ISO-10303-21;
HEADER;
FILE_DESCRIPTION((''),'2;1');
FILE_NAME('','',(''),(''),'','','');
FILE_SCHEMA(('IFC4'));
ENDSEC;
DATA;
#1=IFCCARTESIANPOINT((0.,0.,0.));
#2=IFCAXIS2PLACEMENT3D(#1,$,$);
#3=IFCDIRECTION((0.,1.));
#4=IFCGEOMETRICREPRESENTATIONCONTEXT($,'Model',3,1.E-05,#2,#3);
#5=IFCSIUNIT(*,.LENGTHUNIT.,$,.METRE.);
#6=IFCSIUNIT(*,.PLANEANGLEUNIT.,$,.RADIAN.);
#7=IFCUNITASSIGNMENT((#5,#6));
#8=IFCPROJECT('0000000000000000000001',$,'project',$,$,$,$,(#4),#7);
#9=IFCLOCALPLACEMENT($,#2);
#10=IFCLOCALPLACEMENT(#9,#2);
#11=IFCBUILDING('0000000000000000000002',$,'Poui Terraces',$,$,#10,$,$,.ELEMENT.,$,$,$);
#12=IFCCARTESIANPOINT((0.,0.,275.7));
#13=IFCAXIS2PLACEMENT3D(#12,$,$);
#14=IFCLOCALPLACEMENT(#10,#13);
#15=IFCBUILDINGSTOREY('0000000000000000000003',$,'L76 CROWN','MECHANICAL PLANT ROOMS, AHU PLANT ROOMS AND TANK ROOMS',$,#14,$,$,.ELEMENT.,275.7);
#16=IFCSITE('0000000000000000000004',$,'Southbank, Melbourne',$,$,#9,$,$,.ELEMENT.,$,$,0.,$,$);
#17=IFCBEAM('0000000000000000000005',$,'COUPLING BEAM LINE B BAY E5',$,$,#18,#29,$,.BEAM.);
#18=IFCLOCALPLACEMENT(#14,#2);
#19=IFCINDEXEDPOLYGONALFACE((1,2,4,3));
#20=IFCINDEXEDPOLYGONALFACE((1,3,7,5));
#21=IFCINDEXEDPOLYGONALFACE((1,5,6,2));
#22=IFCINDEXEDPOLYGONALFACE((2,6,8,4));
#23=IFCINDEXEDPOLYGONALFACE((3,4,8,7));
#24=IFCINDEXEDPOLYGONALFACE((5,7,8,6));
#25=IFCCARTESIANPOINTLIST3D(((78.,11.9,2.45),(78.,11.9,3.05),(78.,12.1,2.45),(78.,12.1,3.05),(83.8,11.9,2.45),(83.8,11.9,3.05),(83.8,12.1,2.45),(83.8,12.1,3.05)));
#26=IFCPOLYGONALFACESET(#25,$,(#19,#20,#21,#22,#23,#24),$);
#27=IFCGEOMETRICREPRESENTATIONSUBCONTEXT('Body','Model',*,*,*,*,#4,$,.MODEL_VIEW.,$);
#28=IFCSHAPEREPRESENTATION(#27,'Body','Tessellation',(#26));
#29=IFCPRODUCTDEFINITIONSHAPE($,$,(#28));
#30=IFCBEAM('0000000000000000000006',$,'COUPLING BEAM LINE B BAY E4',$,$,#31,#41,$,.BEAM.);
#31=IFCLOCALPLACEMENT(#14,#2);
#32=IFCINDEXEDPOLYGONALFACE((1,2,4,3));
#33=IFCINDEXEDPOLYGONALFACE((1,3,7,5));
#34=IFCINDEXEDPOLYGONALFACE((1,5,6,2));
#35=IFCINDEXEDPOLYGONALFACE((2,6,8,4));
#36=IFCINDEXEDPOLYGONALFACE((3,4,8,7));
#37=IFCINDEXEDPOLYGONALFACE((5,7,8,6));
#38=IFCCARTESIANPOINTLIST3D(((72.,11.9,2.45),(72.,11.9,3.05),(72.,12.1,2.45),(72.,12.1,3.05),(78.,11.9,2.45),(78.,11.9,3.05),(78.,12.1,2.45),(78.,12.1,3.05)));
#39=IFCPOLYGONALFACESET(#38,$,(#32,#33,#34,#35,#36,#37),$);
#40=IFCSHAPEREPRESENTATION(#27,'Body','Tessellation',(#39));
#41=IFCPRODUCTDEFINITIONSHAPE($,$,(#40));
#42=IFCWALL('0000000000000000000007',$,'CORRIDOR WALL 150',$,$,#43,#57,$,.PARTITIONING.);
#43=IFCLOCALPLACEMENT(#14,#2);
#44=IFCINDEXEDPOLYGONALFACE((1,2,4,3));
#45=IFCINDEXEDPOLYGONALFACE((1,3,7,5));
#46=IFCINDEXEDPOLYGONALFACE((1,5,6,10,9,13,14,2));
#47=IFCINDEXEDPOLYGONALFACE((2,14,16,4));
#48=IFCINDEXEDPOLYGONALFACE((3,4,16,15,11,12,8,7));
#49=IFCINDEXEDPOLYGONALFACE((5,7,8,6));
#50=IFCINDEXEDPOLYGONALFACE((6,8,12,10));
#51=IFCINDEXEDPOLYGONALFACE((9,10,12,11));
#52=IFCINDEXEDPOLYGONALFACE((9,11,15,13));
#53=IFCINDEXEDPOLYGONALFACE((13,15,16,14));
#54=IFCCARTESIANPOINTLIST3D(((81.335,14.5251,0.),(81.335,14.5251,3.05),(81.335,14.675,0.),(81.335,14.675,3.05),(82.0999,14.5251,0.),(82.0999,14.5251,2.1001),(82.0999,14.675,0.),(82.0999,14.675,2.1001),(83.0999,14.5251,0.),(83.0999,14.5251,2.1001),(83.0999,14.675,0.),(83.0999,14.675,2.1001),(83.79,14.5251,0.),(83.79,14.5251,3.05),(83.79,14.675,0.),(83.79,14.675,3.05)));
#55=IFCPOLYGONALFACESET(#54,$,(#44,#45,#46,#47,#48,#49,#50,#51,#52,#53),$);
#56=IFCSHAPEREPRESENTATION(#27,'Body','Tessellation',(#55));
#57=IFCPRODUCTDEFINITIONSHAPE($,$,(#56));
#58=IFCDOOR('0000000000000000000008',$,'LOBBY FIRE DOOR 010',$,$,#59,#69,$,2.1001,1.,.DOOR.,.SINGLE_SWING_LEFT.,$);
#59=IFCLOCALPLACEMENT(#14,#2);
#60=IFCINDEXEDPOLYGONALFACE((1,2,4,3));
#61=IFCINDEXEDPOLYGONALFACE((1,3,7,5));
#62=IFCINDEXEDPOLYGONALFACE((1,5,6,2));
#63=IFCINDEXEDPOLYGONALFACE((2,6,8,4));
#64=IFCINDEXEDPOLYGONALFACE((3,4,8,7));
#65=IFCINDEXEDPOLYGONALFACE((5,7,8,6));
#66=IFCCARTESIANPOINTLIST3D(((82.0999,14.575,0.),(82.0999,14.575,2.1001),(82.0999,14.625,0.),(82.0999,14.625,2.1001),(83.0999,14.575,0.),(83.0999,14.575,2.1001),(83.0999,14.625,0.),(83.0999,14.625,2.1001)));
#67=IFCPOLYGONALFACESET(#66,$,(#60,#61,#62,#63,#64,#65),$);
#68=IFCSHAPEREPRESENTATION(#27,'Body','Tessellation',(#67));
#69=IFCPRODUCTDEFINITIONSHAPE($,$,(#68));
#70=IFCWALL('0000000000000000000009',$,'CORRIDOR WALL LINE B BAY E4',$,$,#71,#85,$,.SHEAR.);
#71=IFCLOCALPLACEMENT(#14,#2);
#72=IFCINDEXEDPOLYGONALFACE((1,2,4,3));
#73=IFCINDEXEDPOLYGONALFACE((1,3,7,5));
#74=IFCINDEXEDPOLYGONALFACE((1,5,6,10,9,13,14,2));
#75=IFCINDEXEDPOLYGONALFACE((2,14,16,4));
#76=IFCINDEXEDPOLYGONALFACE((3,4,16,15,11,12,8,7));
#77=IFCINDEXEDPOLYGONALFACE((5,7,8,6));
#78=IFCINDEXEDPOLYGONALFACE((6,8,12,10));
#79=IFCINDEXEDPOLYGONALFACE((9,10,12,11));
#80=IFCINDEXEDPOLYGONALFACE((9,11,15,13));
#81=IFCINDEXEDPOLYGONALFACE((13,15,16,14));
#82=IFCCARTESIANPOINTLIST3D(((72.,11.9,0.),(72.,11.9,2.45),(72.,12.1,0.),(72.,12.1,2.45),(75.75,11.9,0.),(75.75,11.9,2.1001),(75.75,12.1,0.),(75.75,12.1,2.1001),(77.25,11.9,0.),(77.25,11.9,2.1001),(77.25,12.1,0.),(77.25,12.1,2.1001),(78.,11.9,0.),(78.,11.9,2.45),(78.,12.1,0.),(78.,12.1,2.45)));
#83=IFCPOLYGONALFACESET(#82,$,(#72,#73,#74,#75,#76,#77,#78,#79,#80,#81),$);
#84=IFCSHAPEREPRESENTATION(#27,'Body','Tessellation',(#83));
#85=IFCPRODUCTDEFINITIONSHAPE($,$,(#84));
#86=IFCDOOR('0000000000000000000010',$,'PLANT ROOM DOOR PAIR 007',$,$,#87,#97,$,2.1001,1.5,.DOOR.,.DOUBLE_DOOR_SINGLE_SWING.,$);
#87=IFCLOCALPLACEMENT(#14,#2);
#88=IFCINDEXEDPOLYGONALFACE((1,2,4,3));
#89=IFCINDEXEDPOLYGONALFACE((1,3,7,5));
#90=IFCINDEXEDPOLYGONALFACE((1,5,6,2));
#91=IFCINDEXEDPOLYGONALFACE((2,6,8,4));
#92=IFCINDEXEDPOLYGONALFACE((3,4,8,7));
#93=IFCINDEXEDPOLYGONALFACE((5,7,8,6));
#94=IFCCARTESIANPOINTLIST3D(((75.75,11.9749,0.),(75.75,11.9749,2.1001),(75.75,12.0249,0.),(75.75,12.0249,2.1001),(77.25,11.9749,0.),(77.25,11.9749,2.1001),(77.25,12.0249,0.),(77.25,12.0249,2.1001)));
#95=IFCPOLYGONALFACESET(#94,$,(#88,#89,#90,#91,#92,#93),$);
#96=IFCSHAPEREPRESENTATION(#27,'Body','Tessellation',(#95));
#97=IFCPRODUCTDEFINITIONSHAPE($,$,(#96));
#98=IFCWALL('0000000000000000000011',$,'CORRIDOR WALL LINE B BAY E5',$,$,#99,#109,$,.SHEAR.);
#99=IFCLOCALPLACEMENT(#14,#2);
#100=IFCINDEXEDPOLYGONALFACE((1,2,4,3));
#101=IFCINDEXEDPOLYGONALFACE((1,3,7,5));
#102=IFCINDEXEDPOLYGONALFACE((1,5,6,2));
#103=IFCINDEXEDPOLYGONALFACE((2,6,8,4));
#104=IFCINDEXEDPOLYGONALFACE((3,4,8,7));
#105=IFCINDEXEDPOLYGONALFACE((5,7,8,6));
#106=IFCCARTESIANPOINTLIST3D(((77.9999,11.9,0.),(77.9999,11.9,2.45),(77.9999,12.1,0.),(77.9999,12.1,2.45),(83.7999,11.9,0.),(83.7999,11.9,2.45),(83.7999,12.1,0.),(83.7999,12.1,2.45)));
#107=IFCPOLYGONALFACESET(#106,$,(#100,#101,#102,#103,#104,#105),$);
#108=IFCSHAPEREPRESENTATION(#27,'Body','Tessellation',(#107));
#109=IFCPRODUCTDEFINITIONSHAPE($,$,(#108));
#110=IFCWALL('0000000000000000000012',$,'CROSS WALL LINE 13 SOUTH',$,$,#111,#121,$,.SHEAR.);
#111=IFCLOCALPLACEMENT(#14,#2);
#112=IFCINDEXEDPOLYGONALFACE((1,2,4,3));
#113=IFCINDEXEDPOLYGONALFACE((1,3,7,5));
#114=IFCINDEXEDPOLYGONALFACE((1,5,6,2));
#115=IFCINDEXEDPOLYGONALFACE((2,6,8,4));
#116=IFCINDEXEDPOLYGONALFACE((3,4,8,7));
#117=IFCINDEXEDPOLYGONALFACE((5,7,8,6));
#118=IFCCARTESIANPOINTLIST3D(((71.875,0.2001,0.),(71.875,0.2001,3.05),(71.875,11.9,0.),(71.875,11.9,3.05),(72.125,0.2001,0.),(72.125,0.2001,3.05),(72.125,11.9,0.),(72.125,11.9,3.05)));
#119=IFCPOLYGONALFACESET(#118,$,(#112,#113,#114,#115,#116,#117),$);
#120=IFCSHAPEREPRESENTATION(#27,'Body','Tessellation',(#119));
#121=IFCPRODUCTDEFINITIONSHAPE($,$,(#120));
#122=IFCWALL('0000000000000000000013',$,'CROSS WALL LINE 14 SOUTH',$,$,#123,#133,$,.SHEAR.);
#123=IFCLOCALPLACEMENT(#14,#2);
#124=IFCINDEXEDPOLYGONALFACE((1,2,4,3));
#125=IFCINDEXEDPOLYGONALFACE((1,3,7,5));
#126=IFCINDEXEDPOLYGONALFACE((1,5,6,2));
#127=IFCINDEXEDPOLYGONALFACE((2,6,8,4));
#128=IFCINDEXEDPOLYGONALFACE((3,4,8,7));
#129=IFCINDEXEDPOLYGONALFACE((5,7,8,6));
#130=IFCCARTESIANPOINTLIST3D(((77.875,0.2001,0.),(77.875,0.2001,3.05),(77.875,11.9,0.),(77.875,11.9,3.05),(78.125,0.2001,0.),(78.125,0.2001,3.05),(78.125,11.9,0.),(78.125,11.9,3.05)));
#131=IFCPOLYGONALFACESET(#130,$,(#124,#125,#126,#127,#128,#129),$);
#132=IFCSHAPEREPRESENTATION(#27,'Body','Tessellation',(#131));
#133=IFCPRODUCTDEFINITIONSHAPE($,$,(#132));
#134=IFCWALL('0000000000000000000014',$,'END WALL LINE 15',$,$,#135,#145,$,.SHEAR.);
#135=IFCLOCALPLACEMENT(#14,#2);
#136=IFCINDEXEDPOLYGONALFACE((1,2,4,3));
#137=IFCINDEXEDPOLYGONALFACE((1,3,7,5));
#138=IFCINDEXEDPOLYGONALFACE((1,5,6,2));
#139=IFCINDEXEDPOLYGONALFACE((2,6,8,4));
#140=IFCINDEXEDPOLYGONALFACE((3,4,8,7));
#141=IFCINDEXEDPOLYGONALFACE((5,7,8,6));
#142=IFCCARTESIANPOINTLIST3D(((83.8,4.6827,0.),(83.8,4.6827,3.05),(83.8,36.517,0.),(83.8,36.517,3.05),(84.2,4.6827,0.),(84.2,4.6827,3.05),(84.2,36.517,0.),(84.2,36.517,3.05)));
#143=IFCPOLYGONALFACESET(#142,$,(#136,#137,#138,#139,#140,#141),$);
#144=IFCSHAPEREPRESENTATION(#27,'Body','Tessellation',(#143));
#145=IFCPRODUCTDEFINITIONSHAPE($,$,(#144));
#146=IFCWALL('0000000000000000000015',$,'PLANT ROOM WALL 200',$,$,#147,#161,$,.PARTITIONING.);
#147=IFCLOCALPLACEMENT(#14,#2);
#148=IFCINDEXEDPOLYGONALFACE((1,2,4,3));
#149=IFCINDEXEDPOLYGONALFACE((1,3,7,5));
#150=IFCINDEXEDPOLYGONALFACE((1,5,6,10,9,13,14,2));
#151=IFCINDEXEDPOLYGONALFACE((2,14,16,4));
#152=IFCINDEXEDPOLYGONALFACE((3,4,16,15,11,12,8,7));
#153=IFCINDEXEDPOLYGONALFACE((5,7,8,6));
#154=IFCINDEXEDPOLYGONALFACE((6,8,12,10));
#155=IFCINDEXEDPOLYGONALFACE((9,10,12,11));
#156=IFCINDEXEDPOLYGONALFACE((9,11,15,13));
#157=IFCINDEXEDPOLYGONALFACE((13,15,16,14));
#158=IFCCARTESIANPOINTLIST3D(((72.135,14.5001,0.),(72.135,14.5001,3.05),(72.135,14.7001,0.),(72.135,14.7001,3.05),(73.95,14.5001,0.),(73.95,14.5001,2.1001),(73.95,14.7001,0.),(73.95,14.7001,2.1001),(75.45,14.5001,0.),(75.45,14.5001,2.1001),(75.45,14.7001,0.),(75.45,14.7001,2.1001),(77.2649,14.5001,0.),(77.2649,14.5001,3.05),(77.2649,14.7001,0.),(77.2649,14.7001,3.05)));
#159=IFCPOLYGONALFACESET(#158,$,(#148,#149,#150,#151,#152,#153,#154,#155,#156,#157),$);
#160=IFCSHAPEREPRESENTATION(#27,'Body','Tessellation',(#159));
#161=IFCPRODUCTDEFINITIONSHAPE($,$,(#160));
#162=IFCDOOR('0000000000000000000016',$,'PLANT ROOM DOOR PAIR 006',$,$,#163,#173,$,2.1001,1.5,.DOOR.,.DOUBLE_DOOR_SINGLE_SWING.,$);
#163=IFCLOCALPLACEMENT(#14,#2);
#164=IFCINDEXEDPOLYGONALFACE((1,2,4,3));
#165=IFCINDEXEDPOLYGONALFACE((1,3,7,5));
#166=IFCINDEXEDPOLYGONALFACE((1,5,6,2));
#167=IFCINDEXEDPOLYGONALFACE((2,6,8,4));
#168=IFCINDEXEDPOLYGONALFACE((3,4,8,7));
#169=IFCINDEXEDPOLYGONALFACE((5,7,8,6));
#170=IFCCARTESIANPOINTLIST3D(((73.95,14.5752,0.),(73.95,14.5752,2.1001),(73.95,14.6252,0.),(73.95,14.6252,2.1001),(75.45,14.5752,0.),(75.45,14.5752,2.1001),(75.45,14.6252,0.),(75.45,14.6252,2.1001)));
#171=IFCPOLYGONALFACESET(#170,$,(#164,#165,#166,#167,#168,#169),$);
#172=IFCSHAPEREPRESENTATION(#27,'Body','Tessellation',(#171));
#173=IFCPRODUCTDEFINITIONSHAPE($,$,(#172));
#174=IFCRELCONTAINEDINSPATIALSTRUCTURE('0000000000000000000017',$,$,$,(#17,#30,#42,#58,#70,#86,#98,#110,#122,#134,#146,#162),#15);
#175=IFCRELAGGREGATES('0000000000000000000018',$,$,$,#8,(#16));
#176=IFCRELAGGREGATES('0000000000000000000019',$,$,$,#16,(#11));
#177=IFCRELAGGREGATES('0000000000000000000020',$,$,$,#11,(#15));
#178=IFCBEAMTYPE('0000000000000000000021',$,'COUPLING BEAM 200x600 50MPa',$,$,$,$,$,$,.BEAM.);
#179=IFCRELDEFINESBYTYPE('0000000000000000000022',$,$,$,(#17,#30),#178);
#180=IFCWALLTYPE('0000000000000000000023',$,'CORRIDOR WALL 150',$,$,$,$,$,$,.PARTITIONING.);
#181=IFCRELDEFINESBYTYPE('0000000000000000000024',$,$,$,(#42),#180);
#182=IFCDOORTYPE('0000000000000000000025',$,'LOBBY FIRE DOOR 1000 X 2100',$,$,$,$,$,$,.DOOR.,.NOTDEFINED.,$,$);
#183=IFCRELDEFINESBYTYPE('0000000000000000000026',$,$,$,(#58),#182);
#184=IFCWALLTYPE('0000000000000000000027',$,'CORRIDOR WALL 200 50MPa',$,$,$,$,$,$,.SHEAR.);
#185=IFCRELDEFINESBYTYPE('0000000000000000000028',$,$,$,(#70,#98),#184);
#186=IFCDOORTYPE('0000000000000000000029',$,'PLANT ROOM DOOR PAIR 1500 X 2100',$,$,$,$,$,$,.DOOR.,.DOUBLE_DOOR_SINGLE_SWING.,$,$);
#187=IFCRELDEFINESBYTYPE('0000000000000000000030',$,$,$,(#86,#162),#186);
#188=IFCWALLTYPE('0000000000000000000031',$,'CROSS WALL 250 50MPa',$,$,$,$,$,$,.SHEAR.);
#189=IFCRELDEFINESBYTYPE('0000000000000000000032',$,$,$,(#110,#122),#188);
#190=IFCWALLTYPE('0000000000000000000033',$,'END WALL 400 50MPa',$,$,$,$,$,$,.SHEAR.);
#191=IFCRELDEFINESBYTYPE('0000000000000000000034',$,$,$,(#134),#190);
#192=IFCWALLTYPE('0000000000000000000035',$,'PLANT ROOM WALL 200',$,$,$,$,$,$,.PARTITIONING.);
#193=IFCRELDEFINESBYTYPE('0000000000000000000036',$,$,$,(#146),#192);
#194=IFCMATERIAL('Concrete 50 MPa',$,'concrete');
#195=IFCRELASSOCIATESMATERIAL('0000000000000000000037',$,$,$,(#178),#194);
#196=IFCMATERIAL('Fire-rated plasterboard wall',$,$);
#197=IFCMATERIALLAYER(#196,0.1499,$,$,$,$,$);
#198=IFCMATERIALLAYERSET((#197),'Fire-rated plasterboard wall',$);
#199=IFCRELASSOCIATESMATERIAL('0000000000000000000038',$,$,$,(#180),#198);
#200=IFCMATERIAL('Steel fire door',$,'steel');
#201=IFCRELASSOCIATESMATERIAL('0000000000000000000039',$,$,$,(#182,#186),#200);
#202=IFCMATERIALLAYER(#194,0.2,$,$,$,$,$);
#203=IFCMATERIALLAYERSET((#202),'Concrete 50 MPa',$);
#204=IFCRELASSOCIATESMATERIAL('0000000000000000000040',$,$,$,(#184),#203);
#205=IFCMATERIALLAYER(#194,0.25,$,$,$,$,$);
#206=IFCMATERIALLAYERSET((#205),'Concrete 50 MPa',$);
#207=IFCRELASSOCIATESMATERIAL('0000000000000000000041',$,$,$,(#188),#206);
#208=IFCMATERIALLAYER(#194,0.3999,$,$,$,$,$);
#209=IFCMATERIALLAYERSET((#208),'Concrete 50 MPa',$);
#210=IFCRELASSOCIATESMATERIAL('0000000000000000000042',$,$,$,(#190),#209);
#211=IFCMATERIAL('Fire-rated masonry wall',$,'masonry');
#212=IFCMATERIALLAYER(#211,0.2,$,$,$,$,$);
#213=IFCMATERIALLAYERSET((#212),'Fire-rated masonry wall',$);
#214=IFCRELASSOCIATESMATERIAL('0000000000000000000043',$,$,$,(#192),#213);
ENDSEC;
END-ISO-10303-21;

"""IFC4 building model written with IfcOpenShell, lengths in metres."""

from ifc_helpers import new_model, si_unit, direction, frame, frame_2d, origin, origin_2d, place, context, subcontext, project, spatial, rectangle, extrude, source, transform, mapped, material, layer, layer_set, material_profile, profile_set, type_object, element, fill, save


model = new_model("IFC4")

# Units and contexts
model_context = context("Model", 3, precision=1e-05, world=origin(), true_north=direction((0.0, 1.0)))
body_context = subcontext(model_context, "Body", "Model", "MODEL_VIEW")
ifc_project = project(units=[si_unit("LENGTHUNIT", "METRE"), si_unit("PLANEANGLEUNIT", "RADIAN")], contexts=[model_context])

# Site, building, storey
site_placement = place(None, origin())
site = spatial("IfcSite", under=ifc_project, at=site_placement, Name="Southbank, Melbourne", CompositionType="ELEMENT", RefElevation=0.0)
building_placement = place(site_placement, origin())
building = spatial("IfcBuilding", under=site, at=building_placement, Name="Poui Terraces", CompositionType="ELEMENT")
storey_placement = place(building_placement, frame((0.0, 0.0, 275.7)))
storey = spatial("IfcBuildingStorey", under=building, at=storey_placement, Name="L76 CROWN", Description="MECHANICAL PLANT ROOMS, AHU PLANT ROOMS AND TANK ROOMS", CompositionType="ELEMENT", Elevation=275.7)

# Beams
ifc_material_1 = material(Name="Concrete 50 MPa", Category="concrete")
ifc_material_profile_1 = material_profile(ifc_material_1, rectangle(XDim=0.2, YDim=0.6001, at=origin_2d()), Name="RC 200x600")
ifc_profile_set_1 = profile_set([ifc_material_profile_1], Name="Concrete 50 MPa")
beam_type = type_object("IfcBeamType", Name="COUPLING BEAM 200x600 50MPa", PredefinedType="BEAM", material=ifc_profile_set_1)
shared_shape_1 = source(origin(), body_context, "Body", "SweptSolid", [
    extrude(rectangle(XDim=0.2, YDim=0.6001, at=origin_2d()), origin(), (0.0, 0.0, 1.0), 5.8),
])
beam_1_placement = place(storey_placement, frame((78.0, 12.0, 2.75), z_axis=(1.0, 0.0, 0.0), x_axis=(0.0, 1.0, 0.0)))
element("IfcBeam", 1, at=beam_1_placement, inside=storey, type_object=beam_type, Name="COUPLING BEAM LINE B BAY E5", PredefinedType="BEAM", context=body_context, shape_type="MappedRepresentation", body=[
    mapped(shared_shape_1, transform((0.0, 0.0, 0.0))),
])
shared_shape_2 = source(origin(), body_context, "Body", "SweptSolid", [
    extrude(rectangle(XDim=0.2, YDim=0.6001, at=origin_2d()), origin(), (0.0, 0.0, 1.0), 6.0),
])
beam_2_placement = place(storey_placement, frame((72.0, 12.0, 2.75), z_axis=(1.0, 0.0, 0.0), x_axis=(0.0, 1.0, 0.0)))
element("IfcBeam", 2, at=beam_2_placement, inside=storey, type_object=beam_type, Name="COUPLING BEAM LINE B BAY E4", PredefinedType="BEAM", context=body_context, shape_type="MappedRepresentation", body=[
    mapped(shared_shape_2, transform((0.0, 0.0, 0.0))),
])

# Walls, openings, doors
ifc_material_2 = material(Name="Fire-rated plasterboard wall")
ifc_layer_1 = layer(ifc_material_2, 0.1499)
ifc_layer_set_1 = layer_set([ifc_layer_1], Name="Fire-rated plasterboard wall")
wall_type_1 = type_object("IfcWallType", Name="CORRIDOR WALL 150", PredefinedType="PARTITIONING", material=ifc_layer_set_1)
wall_1_placement = place(storey_placement, frame((81.335, 14.6001, 0.0), z_axis=(0.0, 0.0, 1.0), x_axis=(1.0, 0.0, 0.0)))
wall_1 = element("IfcWall", 3, at=wall_1_placement, inside=storey, type_object=wall_type_1, Name="CORRIDOR WALL 150", PredefinedType="PARTITIONING", context=body_context, shape_type="SweptSolid", body=[
    extrude(rectangle(XDim=2.4551, YDim=0.1499, at=frame_2d((1.2275, 0.0))), origin(), (0.0, 0.0, 1.0), 3.05),
])
opening_1_placement = place(wall_1_placement, frame((0.7649, 0.0, 0.0)))
opening_1 = element("IfcOpeningElement", 4, at=opening_1_placement, cuts=wall_1, PredefinedType="OPENING", context=body_context, shape_type="SweptSolid", body=[
    extrude(rectangle(XDim=1.0, YDim=2.1001, at=frame_2d((0.5, 1.05))), frame((0.0, 0.085, 0.0), z_axis=(0.0, -1.0, 0.0), x_axis=(1.0, 0.0, 0.0)), (0.0, 0.0, 1.0), 0.1699),
])
ifc_material_3 = material(Name="Steel fire door", Category="steel")
door_type_1 = type_object("IfcDoorType", Name="LOBBY FIRE DOOR 1000 X 2100", OperationType="NOTDEFINED", PredefinedType="DOOR", material=ifc_material_3)
door_1_placement = place(opening_1_placement, origin())
door_1 = element("IfcDoor", 5, at=door_1_placement, inside=storey, type_object=door_type_1, Name="LOBBY FIRE DOOR 010", OperationType="SINGLE_SWING_LEFT", OverallHeight=2.1001, OverallWidth=1.0, PredefinedType="DOOR", context=body_context, shape_type="SweptSolid", body=[
    extrude(rectangle(XDim=1.0, YDim=2.1001, at=frame_2d((0.5, 1.05))), frame((0.0, 0.0249, 0.0), z_axis=(0.0, -1.0, 0.0), x_axis=(1.0, 0.0, 0.0)), (0.0, 0.0, 1.0), 0.05),
])
fill(opening_1, door_1)
ifc_layer_2 = layer(ifc_material_1, 0.2)
ifc_layer_set_2 = layer_set([ifc_layer_2], Name="Concrete 50 MPa")
wall_type_2 = type_object("IfcWallType", Name="CORRIDOR WALL 200 50MPa", PredefinedType="SHEAR", material=ifc_layer_set_2)
wall_2_placement = place(storey_placement, frame((72.0, 12.0, 0.0), z_axis=(0.0, 0.0, 1.0), x_axis=(1.0, 0.0, 0.0)))
wall_2 = element("IfcWall", 6, at=wall_2_placement, inside=storey, type_object=wall_type_2, Name="CORRIDOR WALL LINE B BAY E4", PredefinedType="SHEAR", context=body_context, shape_type="SweptSolid", body=[
    extrude(rectangle(XDim=6.0, YDim=0.2, at=frame_2d((3.0, 0.0))), origin(), (0.0, 0.0, 1.0), 2.45),
])
opening_2_placement = place(wall_2_placement, frame((3.75, 0.0, 0.0)))
opening_2 = element("IfcOpeningElement", 7, at=opening_2_placement, cuts=wall_2, PredefinedType="OPENING", context=body_context, shape_type="SweptSolid", body=[
    extrude(rectangle(XDim=1.5, YDim=2.1001, at=frame_2d((0.75, 1.05))), frame((0.0, 0.1099, 0.0), z_axis=(0.0, -1.0, 0.0), x_axis=(1.0, 0.0, 0.0)), (0.0, 0.0, 1.0), 0.22),
])
door_type_2 = type_object("IfcDoorType", Name="PLANT ROOM DOOR PAIR 1500 X 2100", OperationType="DOUBLE_DOOR_SINGLE_SWING", PredefinedType="DOOR", material=ifc_material_3)
door_2_placement = place(opening_2_placement, origin())
door_2 = element("IfcDoor", 8, at=door_2_placement, inside=storey, type_object=door_type_2, Name="PLANT ROOM DOOR PAIR 007", OperationType="DOUBLE_DOOR_SINGLE_SWING", OverallHeight=2.1001, OverallWidth=1.5, PredefinedType="DOOR", context=body_context, shape_type="SweptSolid", body=[
    extrude(rectangle(XDim=1.5, YDim=2.1001, at=frame_2d((0.75, 1.05))), frame((0.0, 0.0249, 0.0), z_axis=(0.0, -1.0, 0.0), x_axis=(1.0, 0.0, 0.0)), (0.0, 0.0, 1.0), 0.05),
])
fill(opening_2, door_2)

# Walls
wall_3_placement = place(storey_placement, frame((78.0, 12.0, 0.0), z_axis=(0.0, 0.0, 1.0), x_axis=(1.0, 0.0, 0.0)))
element("IfcWall", 9, at=wall_3_placement, inside=storey, type_object=wall_type_2, Name="CORRIDOR WALL LINE B BAY E5", PredefinedType="SHEAR", context=body_context, shape_type="SweptSolid", body=[
    extrude(rectangle(XDim=5.8, YDim=0.2, at=frame_2d((2.8999, 0.0))), origin(), (0.0, 0.0, 1.0), 2.45),
])
ifc_layer_3 = layer(ifc_material_1, 0.25)
ifc_layer_set_3 = layer_set([ifc_layer_3], Name="Concrete 50 MPa")
wall_type_3 = type_object("IfcWallType", Name="CROSS WALL 250 50MPa", PredefinedType="SHEAR", material=ifc_layer_set_3)
for number, where, z_axis, x_axis, name in (
    (10, (72.0, 0.2, 0.0), (0.0, 0.0, 1.0), (0.0, 1.0, 0.0), "CROSS WALL LINE 13 SOUTH"),
    (11, (78.0, 0.2, 0.0), (0.0, 0.0, 1.0), (0.0, 1.0, 0.0), "CROSS WALL LINE 14 SOUTH"),
):
    element("IfcWall", number, at=place(storey_placement, frame(where, z_axis=z_axis, x_axis=x_axis)), inside=storey, type_object=wall_type_3, Name=name, PredefinedType="SHEAR", context=body_context, shape_type="SweptSolid", body=[
        extrude(rectangle(XDim=11.7, YDim=0.25, at=frame_2d((5.8501, 0.0))), origin(), (0.0, 0.0, 1.0), 3.05),
    ])
ifc_layer_4 = layer(ifc_material_1, 0.3999)
ifc_layer_set_4 = layer_set([ifc_layer_4], Name="Concrete 50 MPa")
wall_type_4 = type_object("IfcWallType", Name="END WALL 400 50MPa", PredefinedType="SHEAR", material=ifc_layer_set_4)
wall_4_placement = place(storey_placement, frame((84.0, 4.6829, 0.0), z_axis=(0.0, 0.0, 1.0), x_axis=(0.0, 1.0, 0.0)))
element("IfcWall", 12, at=wall_4_placement, inside=storey, type_object=wall_type_4, Name="END WALL LINE 15", PredefinedType="SHEAR", context=body_context, shape_type="SweptSolid", body=[
    extrude(rectangle(XDim=31.8342, YDim=0.3999, at=frame_2d((15.917, 0.0))), origin(), (0.0, 0.0, 1.0), 3.05),
])

# Wall, opening, door
ifc_material_4 = material(Name="Fire-rated masonry wall", Category="masonry")
ifc_layer_5 = layer(ifc_material_4, 0.2)
ifc_layer_set_5 = layer_set([ifc_layer_5], Name="Fire-rated masonry wall")
wall_type_5 = type_object("IfcWallType", Name="PLANT ROOM WALL 200", PredefinedType="PARTITIONING", material=ifc_layer_set_5)
wall_5_placement = place(storey_placement, frame((72.135, 14.6001, 0.0), z_axis=(0.0, 0.0, 1.0), x_axis=(1.0, 0.0, 0.0)))
wall_5 = element("IfcWall", 13, at=wall_5_placement, inside=storey, type_object=wall_type_5, Name="PLANT ROOM WALL 200", PredefinedType="PARTITIONING", context=body_context, shape_type="SweptSolid", body=[
    extrude(rectangle(XDim=5.1299, YDim=0.2, at=frame_2d((2.5649, 0.0))), origin(), (0.0, 0.0, 1.0), 3.05),
])
opening_3_placement = place(wall_5_placement, frame((1.8149, 0.0, 0.0)))
opening_3 = element("IfcOpeningElement", 14, at=opening_3_placement, cuts=wall_5, PredefinedType="OPENING", context=body_context, shape_type="SweptSolid", body=[
    extrude(rectangle(XDim=1.5, YDim=2.1001, at=frame_2d((0.75, 1.05))), frame((0.0, 0.1099, 0.0), z_axis=(0.0, -1.0, 0.0), x_axis=(1.0, 0.0, 0.0)), (0.0, 0.0, 1.0), 0.22),
])
door_3_placement = place(opening_3_placement, frame((1.5, 0.0, 0.0), z_axis=(0.0, 0.0, 1.0), x_axis=(-1.0, 0.0, 0.0)))
door_3 = element("IfcDoor", 15, at=door_3_placement, inside=storey, type_object=door_type_2, Name="PLANT ROOM DOOR PAIR 006", OperationType="DOUBLE_DOOR_SINGLE_SWING", OverallHeight=2.1001, OverallWidth=1.5, PredefinedType="DOOR", context=body_context, shape_type="SweptSolid", body=[
    extrude(rectangle(XDim=1.5, YDim=2.1001, at=frame_2d((0.75, 1.05))), frame((0.0, 0.0249, 0.0), z_axis=(0.0, -1.0, 0.0), x_axis=(1.0, 0.0, 0.0)), (0.0, 0.0, 1.0), 0.05),
])
fill(opening_3, door_3)

save(model, "model.ifc")
